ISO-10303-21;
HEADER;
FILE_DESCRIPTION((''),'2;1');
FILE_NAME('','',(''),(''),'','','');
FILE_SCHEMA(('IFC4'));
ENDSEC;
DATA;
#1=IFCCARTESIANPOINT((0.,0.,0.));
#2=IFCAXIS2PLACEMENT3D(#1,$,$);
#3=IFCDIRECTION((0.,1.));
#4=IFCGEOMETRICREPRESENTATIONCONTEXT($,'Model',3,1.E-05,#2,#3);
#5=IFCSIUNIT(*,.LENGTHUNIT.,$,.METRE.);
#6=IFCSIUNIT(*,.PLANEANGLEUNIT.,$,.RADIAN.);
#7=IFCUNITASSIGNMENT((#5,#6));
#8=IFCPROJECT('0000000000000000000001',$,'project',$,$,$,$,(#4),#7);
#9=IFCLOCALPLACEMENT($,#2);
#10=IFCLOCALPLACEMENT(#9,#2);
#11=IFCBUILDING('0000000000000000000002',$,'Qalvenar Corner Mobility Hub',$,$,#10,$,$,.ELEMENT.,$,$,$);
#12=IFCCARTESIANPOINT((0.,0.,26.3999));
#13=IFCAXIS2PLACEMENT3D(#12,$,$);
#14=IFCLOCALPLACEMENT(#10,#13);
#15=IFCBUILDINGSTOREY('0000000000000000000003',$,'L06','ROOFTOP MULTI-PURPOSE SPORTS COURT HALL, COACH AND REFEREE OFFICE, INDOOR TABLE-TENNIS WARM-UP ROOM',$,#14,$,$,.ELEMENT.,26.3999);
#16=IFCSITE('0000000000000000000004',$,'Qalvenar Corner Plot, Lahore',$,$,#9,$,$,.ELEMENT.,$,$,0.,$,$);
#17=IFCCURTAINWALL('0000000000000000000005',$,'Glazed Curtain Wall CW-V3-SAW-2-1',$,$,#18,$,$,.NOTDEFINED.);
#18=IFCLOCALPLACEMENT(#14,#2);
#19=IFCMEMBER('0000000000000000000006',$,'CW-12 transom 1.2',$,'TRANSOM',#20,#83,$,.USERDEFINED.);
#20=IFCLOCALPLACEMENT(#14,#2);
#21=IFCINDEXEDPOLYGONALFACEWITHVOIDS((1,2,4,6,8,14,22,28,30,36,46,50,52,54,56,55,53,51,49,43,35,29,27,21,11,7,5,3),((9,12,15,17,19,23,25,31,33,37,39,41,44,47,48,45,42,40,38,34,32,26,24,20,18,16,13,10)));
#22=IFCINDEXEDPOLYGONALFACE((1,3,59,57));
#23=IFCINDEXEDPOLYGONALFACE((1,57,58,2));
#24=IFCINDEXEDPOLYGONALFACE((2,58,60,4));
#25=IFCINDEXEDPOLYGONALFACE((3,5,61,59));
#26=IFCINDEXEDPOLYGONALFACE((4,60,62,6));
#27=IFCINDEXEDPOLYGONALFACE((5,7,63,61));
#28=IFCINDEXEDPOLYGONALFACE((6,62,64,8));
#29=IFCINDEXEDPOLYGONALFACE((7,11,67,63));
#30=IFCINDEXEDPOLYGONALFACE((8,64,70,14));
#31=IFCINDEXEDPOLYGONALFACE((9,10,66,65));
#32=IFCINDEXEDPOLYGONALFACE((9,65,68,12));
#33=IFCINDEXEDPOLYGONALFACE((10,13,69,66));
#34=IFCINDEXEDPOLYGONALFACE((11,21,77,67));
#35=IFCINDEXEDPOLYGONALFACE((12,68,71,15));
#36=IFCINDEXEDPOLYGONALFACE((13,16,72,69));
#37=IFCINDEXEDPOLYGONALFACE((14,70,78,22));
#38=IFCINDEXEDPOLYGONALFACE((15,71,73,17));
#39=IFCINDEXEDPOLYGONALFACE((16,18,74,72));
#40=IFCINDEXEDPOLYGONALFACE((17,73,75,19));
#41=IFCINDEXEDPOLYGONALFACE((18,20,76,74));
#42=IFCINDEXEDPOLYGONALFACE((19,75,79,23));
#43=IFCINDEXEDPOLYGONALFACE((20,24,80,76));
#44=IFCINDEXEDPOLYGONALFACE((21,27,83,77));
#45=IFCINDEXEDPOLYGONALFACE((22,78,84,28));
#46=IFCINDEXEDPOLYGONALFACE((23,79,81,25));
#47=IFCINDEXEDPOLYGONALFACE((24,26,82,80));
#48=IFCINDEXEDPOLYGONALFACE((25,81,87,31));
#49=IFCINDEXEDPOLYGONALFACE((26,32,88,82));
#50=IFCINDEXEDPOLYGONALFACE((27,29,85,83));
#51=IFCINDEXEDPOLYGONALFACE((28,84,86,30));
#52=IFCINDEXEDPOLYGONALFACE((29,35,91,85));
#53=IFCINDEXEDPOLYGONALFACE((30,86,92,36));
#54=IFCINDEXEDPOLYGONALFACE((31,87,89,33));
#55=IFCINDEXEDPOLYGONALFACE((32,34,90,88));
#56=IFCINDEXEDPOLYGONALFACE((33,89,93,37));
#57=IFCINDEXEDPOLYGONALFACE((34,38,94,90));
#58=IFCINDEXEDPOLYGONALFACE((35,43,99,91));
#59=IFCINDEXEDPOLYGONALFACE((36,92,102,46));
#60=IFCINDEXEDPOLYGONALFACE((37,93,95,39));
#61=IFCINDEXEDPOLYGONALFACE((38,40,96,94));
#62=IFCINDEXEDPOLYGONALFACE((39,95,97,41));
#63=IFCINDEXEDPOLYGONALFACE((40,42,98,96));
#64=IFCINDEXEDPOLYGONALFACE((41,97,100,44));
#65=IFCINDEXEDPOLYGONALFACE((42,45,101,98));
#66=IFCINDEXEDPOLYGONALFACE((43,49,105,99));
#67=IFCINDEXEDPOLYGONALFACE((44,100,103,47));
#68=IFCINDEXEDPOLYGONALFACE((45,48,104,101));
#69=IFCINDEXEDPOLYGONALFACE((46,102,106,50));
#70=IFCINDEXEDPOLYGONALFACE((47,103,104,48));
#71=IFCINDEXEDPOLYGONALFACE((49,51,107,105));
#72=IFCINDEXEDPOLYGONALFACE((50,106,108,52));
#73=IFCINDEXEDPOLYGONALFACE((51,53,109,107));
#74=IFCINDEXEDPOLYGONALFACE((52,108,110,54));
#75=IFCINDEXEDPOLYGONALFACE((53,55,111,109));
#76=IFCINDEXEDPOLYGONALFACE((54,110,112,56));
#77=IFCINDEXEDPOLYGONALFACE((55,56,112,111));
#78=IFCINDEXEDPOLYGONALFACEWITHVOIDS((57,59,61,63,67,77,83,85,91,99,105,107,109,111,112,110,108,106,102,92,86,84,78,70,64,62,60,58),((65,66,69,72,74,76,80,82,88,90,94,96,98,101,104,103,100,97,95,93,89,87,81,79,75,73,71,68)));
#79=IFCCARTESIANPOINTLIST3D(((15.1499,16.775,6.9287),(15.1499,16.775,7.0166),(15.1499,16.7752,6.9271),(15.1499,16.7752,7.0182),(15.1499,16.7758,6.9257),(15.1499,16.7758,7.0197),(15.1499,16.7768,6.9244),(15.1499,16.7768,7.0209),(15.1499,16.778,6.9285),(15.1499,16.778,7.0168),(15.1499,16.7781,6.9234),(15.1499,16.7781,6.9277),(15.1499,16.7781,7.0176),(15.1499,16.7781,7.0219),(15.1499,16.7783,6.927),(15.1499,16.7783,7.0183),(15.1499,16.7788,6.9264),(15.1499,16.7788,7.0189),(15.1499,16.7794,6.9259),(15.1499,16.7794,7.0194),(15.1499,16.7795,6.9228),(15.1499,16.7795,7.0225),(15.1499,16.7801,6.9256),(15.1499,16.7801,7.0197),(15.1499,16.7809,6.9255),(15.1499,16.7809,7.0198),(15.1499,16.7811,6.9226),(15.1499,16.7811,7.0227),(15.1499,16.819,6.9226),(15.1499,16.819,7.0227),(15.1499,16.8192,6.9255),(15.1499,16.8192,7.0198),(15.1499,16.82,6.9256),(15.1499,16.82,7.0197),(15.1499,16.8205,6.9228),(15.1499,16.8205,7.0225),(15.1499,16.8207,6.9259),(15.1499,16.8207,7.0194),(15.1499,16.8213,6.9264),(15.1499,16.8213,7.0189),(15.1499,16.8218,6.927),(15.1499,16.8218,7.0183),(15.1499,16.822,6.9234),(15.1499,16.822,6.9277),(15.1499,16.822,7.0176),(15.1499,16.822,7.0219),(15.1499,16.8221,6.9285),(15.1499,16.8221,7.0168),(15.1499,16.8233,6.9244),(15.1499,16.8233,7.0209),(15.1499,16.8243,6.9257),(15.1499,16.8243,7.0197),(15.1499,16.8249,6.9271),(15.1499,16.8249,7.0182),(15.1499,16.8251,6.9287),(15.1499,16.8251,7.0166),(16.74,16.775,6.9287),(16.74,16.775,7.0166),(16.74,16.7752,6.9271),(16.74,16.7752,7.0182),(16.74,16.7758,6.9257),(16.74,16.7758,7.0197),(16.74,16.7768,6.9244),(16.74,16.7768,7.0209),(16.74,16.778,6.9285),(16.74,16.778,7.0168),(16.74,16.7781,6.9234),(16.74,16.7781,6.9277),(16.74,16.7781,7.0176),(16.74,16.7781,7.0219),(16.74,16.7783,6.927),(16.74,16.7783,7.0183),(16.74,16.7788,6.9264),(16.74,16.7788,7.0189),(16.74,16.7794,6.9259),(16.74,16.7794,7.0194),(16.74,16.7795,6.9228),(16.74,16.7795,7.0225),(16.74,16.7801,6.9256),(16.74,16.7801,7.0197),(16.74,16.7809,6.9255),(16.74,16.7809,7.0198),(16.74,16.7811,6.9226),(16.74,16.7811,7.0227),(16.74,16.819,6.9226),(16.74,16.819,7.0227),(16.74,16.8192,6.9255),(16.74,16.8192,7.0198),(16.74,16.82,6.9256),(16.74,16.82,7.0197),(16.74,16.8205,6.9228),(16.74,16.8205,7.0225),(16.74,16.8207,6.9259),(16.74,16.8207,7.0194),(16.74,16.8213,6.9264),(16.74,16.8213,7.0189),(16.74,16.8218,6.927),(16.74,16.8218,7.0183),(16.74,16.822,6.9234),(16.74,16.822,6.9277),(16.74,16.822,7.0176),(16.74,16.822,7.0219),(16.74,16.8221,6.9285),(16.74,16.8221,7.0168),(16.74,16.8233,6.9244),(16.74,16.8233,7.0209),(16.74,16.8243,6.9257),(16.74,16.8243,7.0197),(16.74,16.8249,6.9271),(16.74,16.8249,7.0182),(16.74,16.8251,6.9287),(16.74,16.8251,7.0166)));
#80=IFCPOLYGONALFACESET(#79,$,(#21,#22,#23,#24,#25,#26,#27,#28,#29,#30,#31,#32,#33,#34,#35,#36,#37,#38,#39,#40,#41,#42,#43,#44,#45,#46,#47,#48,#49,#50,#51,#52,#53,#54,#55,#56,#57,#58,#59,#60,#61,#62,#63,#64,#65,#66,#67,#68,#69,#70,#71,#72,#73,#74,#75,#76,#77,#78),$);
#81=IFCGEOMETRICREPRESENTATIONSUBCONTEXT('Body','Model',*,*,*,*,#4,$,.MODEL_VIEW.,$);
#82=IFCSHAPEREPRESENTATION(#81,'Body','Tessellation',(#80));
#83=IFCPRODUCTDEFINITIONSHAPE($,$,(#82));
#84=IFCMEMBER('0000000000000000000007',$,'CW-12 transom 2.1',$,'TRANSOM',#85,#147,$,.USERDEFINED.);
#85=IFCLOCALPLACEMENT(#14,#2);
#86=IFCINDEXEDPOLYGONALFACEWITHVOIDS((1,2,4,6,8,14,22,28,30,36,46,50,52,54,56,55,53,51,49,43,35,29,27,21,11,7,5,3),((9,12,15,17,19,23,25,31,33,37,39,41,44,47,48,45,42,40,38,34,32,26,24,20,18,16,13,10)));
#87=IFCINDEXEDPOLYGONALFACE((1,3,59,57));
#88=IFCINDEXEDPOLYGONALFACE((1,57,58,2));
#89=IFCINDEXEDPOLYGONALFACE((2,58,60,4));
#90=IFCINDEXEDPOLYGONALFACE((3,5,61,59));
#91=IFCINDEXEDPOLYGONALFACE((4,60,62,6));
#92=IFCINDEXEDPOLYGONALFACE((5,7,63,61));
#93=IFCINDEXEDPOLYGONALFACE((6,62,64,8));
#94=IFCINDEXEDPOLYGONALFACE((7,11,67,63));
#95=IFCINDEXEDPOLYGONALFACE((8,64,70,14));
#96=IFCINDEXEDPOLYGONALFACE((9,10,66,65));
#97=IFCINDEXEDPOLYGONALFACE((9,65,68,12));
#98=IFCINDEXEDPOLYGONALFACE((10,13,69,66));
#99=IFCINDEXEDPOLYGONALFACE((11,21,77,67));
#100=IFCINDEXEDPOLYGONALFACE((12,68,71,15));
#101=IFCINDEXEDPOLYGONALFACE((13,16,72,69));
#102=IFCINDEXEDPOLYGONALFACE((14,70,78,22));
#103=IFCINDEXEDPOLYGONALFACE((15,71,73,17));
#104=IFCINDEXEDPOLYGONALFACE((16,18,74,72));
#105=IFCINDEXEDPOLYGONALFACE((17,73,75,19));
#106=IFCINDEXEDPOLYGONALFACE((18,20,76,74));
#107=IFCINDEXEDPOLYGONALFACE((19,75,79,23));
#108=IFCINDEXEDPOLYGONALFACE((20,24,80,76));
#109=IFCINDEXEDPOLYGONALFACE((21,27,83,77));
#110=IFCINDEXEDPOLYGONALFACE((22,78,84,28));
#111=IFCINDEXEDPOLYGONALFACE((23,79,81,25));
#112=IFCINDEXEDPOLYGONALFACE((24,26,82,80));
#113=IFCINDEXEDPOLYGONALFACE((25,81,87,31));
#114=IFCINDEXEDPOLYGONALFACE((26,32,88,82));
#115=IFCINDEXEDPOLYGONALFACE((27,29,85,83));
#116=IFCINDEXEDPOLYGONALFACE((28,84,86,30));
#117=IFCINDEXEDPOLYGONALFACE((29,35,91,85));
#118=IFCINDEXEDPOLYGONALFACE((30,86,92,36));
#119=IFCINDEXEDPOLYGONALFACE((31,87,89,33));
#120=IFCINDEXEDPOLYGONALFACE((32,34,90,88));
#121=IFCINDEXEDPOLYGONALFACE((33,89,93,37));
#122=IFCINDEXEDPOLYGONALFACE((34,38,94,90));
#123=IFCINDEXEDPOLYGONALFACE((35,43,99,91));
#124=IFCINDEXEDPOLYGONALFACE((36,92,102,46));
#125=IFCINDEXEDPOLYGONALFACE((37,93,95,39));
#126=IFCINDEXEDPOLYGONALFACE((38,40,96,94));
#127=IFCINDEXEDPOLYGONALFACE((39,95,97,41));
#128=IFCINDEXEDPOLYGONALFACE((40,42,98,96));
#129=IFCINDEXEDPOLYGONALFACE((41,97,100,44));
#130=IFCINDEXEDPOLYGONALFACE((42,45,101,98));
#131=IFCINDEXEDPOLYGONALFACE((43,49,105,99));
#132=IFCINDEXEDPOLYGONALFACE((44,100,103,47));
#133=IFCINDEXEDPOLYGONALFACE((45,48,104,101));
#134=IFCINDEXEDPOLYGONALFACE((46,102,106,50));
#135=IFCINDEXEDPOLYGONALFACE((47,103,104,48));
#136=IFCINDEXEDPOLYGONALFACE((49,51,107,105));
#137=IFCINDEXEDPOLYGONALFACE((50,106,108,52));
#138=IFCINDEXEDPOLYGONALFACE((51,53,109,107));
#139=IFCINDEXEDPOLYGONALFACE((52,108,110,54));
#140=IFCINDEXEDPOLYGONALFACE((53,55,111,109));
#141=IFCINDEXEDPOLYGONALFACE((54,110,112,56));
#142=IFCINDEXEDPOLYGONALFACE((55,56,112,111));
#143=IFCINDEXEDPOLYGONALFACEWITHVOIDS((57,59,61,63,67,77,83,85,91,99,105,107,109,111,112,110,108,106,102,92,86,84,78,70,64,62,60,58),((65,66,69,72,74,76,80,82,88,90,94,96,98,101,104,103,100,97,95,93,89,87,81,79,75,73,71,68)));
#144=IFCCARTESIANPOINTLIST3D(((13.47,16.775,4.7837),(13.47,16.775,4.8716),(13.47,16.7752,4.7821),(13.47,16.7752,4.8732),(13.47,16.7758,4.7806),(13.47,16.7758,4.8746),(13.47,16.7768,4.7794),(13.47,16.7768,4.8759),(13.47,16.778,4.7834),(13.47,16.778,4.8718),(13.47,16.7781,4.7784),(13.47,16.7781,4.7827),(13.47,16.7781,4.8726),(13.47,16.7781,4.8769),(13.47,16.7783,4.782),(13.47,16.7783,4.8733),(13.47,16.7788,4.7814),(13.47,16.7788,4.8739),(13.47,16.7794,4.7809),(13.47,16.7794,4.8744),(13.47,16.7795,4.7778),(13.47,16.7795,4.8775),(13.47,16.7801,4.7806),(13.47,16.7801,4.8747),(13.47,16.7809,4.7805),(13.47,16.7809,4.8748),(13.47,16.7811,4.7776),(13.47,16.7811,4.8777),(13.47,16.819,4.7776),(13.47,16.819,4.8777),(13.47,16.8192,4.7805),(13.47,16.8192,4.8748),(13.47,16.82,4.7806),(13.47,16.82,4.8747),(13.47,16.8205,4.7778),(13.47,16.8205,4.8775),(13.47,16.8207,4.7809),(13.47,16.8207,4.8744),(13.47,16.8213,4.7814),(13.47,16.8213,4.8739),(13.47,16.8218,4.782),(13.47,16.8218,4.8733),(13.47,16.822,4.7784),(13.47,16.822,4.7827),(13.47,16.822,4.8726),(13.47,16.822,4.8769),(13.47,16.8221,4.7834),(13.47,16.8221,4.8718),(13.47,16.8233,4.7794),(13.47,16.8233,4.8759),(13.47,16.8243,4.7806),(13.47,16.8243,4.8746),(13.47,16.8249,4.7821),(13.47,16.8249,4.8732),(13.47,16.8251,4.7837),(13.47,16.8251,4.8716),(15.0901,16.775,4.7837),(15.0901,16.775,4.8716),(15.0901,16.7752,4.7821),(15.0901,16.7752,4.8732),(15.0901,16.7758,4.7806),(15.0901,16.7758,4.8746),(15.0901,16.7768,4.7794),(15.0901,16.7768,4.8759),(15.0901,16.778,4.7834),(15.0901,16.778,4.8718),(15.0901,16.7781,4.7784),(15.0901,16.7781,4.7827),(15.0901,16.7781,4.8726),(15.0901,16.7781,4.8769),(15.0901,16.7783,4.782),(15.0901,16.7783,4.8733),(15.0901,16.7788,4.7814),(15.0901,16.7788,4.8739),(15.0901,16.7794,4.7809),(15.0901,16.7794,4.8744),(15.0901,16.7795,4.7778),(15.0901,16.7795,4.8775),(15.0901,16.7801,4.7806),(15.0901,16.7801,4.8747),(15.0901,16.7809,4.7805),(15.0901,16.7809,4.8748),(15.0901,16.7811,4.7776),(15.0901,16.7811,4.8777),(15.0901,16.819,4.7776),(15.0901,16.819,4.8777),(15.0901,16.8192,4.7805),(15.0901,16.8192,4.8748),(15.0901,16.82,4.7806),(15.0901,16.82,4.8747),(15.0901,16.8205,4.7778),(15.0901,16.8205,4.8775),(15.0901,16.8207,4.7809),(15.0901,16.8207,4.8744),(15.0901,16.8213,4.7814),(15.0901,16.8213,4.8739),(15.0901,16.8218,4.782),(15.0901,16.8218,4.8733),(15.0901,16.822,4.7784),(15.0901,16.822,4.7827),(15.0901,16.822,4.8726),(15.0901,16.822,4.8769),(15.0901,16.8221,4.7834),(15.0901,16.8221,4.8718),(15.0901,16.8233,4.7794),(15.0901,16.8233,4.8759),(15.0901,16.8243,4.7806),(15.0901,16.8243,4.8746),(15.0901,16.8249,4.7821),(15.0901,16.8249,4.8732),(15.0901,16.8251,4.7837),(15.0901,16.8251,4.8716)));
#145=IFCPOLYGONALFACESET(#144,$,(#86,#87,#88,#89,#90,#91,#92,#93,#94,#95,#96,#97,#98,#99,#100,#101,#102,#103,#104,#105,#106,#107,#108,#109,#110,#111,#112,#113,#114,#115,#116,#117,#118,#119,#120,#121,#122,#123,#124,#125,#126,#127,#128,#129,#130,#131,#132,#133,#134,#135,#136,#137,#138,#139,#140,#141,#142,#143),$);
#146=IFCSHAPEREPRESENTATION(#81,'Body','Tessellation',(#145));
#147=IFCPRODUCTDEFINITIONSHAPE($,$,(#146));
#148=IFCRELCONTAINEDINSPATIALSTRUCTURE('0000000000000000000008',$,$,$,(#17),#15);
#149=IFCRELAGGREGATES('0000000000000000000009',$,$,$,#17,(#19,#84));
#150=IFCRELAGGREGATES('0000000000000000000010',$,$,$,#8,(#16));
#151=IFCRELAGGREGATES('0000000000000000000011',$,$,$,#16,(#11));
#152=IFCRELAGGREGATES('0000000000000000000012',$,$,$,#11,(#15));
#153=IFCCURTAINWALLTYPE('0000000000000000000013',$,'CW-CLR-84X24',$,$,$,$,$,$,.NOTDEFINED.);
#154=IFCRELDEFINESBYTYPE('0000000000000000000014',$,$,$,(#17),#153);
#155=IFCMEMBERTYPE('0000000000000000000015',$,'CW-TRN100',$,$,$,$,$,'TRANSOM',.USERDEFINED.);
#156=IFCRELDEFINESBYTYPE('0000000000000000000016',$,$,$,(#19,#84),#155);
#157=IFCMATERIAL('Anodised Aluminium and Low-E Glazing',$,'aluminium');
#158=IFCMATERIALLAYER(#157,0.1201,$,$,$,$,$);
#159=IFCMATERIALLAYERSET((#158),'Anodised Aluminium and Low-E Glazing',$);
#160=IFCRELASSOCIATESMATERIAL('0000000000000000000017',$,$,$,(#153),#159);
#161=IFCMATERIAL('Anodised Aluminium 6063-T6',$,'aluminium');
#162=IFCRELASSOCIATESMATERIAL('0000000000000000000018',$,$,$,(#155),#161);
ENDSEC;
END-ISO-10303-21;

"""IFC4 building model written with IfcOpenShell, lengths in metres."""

from ifc_helpers import new_model, si_unit, direction, frame, origin, origin_2d, place, context, subcontext, project, spatial, hollow_rectangle, extrude, material, layer, layer_set, material_profile, profile_set, type_object, element, aggregate, save


model = new_model("IFC4")

# Units and contexts
model_context = context("Model", 3, precision=1e-05, world=origin(), true_north=direction((0.0, 1.0)))
body_context = subcontext(model_context, "Body", "Model", "MODEL_VIEW")
ifc_project = project(units=[si_unit("LENGTHUNIT", "METRE"), si_unit("PLANEANGLEUNIT", "RADIAN")], contexts=[model_context])

# Site, building, storey
site_placement = place(None, origin())
site = spatial("IfcSite", under=ifc_project, at=site_placement, Name="Qalvenar Corner Plot, Lahore", CompositionType="ELEMENT", RefElevation=0.0)
building_placement = place(site_placement, origin())
building = spatial("IfcBuilding", under=site, at=building_placement, Name="Qalvenar Corner Mobility Hub", CompositionType="ELEMENT")
storey_placement = place(building_placement, frame((0.0, 0.0, 26.3999)))
storey = spatial("IfcBuildingStorey", under=building, at=storey_placement, Name="L06", Description="ROOFTOP MULTI-PURPOSE SPORTS COURT HALL, COACH AND REFEREE OFFICE, INDOOR TABLE-TENNIS WARM-UP ROOM", CompositionType="ELEMENT", Elevation=26.3999)

# Curtain wall
ifc_material_1 = material(Name="Anodised Aluminium and Low-E Glazing", Category="aluminium")
ifc_layer_1 = layer(ifc_material_1, 0.1201)
ifc_layer_set_1 = layer_set([ifc_layer_1], Name="Anodised Aluminium and Low-E Glazing")
curtain_wall_type = type_object("IfcCurtainWallType", Name="CW-CLR-84X24", PredefinedType="NOTDEFINED", material=ifc_layer_set_1)
ifc_material_2 = material(Name="Anodised Aluminium 6063-T6", Category="aluminium")
curtain_wall_1_placement = place(storey_placement, origin())
curtain_wall_1 = element("IfcCurtainWall", 1, at=curtain_wall_1_placement, inside=storey, type_object=curtain_wall_type, Name="Glazed Curtain Wall CW-V3-SAW-2-1", PredefinedType="NOTDEFINED")

# Members
ifc_material_profile_1 = material_profile(ifc_material_2, hollow_rectangle(XDim=0.05, YDim=0.1001, WallThickness=0.0029, InnerFilletRadius=0.0029, OuterFilletRadius=0.0061, at=origin_2d()), Name="RHS100x50x3")
ifc_profile_set_1 = profile_set([ifc_material_profile_1], Name="Anodised Aluminium 6063-T6")
member_type_1 = type_object("IfcMemberType", Name="CW-TRN100", ElementType="TRANSOM", PredefinedType="USERDEFINED", material=ifc_profile_set_1)
member_1_placement = place(storey_placement, frame((16.74, 16.8, 6.9727), z_axis=(-1.0, 0.0, 0.0), x_axis=(0.0, -1.0, 0.0)))
member_1 = element("IfcMember", 2, at=member_1_placement, type_object=member_type_1, Name="CW-12 transom 1.2", ObjectType="TRANSOM", PredefinedType="USERDEFINED", context=body_context, shape_type="SweptSolid", body=[
    extrude(hollow_rectangle(XDim=0.05, YDim=0.1001, WallThickness=0.0029, InnerFilletRadius=0.0029, OuterFilletRadius=0.0061, at=origin_2d()), origin(), (0.0, 0.0, 1.0), 1.5901),
])
member_2_placement = place(storey_placement, frame((15.0901, 16.8, 4.8276), z_axis=(-1.0, 0.0, 0.0), x_axis=(0.0, -1.0, 0.0)))
member_2 = element("IfcMember", 3, at=member_2_placement, type_object=member_type_1, Name="CW-12 transom 2.1", ObjectType="TRANSOM", PredefinedType="USERDEFINED", context=body_context, shape_type="SweptSolid", body=[
    extrude(hollow_rectangle(XDim=0.05, YDim=0.1001, WallThickness=0.0029, InnerFilletRadius=0.0029, OuterFilletRadius=0.0061, at=origin_2d()), origin(), (0.0, 0.0, 1.0), 1.6201),
])

aggregate(curtain_wall_1, [member_1, member_2])

save(model, "model.ifc")
